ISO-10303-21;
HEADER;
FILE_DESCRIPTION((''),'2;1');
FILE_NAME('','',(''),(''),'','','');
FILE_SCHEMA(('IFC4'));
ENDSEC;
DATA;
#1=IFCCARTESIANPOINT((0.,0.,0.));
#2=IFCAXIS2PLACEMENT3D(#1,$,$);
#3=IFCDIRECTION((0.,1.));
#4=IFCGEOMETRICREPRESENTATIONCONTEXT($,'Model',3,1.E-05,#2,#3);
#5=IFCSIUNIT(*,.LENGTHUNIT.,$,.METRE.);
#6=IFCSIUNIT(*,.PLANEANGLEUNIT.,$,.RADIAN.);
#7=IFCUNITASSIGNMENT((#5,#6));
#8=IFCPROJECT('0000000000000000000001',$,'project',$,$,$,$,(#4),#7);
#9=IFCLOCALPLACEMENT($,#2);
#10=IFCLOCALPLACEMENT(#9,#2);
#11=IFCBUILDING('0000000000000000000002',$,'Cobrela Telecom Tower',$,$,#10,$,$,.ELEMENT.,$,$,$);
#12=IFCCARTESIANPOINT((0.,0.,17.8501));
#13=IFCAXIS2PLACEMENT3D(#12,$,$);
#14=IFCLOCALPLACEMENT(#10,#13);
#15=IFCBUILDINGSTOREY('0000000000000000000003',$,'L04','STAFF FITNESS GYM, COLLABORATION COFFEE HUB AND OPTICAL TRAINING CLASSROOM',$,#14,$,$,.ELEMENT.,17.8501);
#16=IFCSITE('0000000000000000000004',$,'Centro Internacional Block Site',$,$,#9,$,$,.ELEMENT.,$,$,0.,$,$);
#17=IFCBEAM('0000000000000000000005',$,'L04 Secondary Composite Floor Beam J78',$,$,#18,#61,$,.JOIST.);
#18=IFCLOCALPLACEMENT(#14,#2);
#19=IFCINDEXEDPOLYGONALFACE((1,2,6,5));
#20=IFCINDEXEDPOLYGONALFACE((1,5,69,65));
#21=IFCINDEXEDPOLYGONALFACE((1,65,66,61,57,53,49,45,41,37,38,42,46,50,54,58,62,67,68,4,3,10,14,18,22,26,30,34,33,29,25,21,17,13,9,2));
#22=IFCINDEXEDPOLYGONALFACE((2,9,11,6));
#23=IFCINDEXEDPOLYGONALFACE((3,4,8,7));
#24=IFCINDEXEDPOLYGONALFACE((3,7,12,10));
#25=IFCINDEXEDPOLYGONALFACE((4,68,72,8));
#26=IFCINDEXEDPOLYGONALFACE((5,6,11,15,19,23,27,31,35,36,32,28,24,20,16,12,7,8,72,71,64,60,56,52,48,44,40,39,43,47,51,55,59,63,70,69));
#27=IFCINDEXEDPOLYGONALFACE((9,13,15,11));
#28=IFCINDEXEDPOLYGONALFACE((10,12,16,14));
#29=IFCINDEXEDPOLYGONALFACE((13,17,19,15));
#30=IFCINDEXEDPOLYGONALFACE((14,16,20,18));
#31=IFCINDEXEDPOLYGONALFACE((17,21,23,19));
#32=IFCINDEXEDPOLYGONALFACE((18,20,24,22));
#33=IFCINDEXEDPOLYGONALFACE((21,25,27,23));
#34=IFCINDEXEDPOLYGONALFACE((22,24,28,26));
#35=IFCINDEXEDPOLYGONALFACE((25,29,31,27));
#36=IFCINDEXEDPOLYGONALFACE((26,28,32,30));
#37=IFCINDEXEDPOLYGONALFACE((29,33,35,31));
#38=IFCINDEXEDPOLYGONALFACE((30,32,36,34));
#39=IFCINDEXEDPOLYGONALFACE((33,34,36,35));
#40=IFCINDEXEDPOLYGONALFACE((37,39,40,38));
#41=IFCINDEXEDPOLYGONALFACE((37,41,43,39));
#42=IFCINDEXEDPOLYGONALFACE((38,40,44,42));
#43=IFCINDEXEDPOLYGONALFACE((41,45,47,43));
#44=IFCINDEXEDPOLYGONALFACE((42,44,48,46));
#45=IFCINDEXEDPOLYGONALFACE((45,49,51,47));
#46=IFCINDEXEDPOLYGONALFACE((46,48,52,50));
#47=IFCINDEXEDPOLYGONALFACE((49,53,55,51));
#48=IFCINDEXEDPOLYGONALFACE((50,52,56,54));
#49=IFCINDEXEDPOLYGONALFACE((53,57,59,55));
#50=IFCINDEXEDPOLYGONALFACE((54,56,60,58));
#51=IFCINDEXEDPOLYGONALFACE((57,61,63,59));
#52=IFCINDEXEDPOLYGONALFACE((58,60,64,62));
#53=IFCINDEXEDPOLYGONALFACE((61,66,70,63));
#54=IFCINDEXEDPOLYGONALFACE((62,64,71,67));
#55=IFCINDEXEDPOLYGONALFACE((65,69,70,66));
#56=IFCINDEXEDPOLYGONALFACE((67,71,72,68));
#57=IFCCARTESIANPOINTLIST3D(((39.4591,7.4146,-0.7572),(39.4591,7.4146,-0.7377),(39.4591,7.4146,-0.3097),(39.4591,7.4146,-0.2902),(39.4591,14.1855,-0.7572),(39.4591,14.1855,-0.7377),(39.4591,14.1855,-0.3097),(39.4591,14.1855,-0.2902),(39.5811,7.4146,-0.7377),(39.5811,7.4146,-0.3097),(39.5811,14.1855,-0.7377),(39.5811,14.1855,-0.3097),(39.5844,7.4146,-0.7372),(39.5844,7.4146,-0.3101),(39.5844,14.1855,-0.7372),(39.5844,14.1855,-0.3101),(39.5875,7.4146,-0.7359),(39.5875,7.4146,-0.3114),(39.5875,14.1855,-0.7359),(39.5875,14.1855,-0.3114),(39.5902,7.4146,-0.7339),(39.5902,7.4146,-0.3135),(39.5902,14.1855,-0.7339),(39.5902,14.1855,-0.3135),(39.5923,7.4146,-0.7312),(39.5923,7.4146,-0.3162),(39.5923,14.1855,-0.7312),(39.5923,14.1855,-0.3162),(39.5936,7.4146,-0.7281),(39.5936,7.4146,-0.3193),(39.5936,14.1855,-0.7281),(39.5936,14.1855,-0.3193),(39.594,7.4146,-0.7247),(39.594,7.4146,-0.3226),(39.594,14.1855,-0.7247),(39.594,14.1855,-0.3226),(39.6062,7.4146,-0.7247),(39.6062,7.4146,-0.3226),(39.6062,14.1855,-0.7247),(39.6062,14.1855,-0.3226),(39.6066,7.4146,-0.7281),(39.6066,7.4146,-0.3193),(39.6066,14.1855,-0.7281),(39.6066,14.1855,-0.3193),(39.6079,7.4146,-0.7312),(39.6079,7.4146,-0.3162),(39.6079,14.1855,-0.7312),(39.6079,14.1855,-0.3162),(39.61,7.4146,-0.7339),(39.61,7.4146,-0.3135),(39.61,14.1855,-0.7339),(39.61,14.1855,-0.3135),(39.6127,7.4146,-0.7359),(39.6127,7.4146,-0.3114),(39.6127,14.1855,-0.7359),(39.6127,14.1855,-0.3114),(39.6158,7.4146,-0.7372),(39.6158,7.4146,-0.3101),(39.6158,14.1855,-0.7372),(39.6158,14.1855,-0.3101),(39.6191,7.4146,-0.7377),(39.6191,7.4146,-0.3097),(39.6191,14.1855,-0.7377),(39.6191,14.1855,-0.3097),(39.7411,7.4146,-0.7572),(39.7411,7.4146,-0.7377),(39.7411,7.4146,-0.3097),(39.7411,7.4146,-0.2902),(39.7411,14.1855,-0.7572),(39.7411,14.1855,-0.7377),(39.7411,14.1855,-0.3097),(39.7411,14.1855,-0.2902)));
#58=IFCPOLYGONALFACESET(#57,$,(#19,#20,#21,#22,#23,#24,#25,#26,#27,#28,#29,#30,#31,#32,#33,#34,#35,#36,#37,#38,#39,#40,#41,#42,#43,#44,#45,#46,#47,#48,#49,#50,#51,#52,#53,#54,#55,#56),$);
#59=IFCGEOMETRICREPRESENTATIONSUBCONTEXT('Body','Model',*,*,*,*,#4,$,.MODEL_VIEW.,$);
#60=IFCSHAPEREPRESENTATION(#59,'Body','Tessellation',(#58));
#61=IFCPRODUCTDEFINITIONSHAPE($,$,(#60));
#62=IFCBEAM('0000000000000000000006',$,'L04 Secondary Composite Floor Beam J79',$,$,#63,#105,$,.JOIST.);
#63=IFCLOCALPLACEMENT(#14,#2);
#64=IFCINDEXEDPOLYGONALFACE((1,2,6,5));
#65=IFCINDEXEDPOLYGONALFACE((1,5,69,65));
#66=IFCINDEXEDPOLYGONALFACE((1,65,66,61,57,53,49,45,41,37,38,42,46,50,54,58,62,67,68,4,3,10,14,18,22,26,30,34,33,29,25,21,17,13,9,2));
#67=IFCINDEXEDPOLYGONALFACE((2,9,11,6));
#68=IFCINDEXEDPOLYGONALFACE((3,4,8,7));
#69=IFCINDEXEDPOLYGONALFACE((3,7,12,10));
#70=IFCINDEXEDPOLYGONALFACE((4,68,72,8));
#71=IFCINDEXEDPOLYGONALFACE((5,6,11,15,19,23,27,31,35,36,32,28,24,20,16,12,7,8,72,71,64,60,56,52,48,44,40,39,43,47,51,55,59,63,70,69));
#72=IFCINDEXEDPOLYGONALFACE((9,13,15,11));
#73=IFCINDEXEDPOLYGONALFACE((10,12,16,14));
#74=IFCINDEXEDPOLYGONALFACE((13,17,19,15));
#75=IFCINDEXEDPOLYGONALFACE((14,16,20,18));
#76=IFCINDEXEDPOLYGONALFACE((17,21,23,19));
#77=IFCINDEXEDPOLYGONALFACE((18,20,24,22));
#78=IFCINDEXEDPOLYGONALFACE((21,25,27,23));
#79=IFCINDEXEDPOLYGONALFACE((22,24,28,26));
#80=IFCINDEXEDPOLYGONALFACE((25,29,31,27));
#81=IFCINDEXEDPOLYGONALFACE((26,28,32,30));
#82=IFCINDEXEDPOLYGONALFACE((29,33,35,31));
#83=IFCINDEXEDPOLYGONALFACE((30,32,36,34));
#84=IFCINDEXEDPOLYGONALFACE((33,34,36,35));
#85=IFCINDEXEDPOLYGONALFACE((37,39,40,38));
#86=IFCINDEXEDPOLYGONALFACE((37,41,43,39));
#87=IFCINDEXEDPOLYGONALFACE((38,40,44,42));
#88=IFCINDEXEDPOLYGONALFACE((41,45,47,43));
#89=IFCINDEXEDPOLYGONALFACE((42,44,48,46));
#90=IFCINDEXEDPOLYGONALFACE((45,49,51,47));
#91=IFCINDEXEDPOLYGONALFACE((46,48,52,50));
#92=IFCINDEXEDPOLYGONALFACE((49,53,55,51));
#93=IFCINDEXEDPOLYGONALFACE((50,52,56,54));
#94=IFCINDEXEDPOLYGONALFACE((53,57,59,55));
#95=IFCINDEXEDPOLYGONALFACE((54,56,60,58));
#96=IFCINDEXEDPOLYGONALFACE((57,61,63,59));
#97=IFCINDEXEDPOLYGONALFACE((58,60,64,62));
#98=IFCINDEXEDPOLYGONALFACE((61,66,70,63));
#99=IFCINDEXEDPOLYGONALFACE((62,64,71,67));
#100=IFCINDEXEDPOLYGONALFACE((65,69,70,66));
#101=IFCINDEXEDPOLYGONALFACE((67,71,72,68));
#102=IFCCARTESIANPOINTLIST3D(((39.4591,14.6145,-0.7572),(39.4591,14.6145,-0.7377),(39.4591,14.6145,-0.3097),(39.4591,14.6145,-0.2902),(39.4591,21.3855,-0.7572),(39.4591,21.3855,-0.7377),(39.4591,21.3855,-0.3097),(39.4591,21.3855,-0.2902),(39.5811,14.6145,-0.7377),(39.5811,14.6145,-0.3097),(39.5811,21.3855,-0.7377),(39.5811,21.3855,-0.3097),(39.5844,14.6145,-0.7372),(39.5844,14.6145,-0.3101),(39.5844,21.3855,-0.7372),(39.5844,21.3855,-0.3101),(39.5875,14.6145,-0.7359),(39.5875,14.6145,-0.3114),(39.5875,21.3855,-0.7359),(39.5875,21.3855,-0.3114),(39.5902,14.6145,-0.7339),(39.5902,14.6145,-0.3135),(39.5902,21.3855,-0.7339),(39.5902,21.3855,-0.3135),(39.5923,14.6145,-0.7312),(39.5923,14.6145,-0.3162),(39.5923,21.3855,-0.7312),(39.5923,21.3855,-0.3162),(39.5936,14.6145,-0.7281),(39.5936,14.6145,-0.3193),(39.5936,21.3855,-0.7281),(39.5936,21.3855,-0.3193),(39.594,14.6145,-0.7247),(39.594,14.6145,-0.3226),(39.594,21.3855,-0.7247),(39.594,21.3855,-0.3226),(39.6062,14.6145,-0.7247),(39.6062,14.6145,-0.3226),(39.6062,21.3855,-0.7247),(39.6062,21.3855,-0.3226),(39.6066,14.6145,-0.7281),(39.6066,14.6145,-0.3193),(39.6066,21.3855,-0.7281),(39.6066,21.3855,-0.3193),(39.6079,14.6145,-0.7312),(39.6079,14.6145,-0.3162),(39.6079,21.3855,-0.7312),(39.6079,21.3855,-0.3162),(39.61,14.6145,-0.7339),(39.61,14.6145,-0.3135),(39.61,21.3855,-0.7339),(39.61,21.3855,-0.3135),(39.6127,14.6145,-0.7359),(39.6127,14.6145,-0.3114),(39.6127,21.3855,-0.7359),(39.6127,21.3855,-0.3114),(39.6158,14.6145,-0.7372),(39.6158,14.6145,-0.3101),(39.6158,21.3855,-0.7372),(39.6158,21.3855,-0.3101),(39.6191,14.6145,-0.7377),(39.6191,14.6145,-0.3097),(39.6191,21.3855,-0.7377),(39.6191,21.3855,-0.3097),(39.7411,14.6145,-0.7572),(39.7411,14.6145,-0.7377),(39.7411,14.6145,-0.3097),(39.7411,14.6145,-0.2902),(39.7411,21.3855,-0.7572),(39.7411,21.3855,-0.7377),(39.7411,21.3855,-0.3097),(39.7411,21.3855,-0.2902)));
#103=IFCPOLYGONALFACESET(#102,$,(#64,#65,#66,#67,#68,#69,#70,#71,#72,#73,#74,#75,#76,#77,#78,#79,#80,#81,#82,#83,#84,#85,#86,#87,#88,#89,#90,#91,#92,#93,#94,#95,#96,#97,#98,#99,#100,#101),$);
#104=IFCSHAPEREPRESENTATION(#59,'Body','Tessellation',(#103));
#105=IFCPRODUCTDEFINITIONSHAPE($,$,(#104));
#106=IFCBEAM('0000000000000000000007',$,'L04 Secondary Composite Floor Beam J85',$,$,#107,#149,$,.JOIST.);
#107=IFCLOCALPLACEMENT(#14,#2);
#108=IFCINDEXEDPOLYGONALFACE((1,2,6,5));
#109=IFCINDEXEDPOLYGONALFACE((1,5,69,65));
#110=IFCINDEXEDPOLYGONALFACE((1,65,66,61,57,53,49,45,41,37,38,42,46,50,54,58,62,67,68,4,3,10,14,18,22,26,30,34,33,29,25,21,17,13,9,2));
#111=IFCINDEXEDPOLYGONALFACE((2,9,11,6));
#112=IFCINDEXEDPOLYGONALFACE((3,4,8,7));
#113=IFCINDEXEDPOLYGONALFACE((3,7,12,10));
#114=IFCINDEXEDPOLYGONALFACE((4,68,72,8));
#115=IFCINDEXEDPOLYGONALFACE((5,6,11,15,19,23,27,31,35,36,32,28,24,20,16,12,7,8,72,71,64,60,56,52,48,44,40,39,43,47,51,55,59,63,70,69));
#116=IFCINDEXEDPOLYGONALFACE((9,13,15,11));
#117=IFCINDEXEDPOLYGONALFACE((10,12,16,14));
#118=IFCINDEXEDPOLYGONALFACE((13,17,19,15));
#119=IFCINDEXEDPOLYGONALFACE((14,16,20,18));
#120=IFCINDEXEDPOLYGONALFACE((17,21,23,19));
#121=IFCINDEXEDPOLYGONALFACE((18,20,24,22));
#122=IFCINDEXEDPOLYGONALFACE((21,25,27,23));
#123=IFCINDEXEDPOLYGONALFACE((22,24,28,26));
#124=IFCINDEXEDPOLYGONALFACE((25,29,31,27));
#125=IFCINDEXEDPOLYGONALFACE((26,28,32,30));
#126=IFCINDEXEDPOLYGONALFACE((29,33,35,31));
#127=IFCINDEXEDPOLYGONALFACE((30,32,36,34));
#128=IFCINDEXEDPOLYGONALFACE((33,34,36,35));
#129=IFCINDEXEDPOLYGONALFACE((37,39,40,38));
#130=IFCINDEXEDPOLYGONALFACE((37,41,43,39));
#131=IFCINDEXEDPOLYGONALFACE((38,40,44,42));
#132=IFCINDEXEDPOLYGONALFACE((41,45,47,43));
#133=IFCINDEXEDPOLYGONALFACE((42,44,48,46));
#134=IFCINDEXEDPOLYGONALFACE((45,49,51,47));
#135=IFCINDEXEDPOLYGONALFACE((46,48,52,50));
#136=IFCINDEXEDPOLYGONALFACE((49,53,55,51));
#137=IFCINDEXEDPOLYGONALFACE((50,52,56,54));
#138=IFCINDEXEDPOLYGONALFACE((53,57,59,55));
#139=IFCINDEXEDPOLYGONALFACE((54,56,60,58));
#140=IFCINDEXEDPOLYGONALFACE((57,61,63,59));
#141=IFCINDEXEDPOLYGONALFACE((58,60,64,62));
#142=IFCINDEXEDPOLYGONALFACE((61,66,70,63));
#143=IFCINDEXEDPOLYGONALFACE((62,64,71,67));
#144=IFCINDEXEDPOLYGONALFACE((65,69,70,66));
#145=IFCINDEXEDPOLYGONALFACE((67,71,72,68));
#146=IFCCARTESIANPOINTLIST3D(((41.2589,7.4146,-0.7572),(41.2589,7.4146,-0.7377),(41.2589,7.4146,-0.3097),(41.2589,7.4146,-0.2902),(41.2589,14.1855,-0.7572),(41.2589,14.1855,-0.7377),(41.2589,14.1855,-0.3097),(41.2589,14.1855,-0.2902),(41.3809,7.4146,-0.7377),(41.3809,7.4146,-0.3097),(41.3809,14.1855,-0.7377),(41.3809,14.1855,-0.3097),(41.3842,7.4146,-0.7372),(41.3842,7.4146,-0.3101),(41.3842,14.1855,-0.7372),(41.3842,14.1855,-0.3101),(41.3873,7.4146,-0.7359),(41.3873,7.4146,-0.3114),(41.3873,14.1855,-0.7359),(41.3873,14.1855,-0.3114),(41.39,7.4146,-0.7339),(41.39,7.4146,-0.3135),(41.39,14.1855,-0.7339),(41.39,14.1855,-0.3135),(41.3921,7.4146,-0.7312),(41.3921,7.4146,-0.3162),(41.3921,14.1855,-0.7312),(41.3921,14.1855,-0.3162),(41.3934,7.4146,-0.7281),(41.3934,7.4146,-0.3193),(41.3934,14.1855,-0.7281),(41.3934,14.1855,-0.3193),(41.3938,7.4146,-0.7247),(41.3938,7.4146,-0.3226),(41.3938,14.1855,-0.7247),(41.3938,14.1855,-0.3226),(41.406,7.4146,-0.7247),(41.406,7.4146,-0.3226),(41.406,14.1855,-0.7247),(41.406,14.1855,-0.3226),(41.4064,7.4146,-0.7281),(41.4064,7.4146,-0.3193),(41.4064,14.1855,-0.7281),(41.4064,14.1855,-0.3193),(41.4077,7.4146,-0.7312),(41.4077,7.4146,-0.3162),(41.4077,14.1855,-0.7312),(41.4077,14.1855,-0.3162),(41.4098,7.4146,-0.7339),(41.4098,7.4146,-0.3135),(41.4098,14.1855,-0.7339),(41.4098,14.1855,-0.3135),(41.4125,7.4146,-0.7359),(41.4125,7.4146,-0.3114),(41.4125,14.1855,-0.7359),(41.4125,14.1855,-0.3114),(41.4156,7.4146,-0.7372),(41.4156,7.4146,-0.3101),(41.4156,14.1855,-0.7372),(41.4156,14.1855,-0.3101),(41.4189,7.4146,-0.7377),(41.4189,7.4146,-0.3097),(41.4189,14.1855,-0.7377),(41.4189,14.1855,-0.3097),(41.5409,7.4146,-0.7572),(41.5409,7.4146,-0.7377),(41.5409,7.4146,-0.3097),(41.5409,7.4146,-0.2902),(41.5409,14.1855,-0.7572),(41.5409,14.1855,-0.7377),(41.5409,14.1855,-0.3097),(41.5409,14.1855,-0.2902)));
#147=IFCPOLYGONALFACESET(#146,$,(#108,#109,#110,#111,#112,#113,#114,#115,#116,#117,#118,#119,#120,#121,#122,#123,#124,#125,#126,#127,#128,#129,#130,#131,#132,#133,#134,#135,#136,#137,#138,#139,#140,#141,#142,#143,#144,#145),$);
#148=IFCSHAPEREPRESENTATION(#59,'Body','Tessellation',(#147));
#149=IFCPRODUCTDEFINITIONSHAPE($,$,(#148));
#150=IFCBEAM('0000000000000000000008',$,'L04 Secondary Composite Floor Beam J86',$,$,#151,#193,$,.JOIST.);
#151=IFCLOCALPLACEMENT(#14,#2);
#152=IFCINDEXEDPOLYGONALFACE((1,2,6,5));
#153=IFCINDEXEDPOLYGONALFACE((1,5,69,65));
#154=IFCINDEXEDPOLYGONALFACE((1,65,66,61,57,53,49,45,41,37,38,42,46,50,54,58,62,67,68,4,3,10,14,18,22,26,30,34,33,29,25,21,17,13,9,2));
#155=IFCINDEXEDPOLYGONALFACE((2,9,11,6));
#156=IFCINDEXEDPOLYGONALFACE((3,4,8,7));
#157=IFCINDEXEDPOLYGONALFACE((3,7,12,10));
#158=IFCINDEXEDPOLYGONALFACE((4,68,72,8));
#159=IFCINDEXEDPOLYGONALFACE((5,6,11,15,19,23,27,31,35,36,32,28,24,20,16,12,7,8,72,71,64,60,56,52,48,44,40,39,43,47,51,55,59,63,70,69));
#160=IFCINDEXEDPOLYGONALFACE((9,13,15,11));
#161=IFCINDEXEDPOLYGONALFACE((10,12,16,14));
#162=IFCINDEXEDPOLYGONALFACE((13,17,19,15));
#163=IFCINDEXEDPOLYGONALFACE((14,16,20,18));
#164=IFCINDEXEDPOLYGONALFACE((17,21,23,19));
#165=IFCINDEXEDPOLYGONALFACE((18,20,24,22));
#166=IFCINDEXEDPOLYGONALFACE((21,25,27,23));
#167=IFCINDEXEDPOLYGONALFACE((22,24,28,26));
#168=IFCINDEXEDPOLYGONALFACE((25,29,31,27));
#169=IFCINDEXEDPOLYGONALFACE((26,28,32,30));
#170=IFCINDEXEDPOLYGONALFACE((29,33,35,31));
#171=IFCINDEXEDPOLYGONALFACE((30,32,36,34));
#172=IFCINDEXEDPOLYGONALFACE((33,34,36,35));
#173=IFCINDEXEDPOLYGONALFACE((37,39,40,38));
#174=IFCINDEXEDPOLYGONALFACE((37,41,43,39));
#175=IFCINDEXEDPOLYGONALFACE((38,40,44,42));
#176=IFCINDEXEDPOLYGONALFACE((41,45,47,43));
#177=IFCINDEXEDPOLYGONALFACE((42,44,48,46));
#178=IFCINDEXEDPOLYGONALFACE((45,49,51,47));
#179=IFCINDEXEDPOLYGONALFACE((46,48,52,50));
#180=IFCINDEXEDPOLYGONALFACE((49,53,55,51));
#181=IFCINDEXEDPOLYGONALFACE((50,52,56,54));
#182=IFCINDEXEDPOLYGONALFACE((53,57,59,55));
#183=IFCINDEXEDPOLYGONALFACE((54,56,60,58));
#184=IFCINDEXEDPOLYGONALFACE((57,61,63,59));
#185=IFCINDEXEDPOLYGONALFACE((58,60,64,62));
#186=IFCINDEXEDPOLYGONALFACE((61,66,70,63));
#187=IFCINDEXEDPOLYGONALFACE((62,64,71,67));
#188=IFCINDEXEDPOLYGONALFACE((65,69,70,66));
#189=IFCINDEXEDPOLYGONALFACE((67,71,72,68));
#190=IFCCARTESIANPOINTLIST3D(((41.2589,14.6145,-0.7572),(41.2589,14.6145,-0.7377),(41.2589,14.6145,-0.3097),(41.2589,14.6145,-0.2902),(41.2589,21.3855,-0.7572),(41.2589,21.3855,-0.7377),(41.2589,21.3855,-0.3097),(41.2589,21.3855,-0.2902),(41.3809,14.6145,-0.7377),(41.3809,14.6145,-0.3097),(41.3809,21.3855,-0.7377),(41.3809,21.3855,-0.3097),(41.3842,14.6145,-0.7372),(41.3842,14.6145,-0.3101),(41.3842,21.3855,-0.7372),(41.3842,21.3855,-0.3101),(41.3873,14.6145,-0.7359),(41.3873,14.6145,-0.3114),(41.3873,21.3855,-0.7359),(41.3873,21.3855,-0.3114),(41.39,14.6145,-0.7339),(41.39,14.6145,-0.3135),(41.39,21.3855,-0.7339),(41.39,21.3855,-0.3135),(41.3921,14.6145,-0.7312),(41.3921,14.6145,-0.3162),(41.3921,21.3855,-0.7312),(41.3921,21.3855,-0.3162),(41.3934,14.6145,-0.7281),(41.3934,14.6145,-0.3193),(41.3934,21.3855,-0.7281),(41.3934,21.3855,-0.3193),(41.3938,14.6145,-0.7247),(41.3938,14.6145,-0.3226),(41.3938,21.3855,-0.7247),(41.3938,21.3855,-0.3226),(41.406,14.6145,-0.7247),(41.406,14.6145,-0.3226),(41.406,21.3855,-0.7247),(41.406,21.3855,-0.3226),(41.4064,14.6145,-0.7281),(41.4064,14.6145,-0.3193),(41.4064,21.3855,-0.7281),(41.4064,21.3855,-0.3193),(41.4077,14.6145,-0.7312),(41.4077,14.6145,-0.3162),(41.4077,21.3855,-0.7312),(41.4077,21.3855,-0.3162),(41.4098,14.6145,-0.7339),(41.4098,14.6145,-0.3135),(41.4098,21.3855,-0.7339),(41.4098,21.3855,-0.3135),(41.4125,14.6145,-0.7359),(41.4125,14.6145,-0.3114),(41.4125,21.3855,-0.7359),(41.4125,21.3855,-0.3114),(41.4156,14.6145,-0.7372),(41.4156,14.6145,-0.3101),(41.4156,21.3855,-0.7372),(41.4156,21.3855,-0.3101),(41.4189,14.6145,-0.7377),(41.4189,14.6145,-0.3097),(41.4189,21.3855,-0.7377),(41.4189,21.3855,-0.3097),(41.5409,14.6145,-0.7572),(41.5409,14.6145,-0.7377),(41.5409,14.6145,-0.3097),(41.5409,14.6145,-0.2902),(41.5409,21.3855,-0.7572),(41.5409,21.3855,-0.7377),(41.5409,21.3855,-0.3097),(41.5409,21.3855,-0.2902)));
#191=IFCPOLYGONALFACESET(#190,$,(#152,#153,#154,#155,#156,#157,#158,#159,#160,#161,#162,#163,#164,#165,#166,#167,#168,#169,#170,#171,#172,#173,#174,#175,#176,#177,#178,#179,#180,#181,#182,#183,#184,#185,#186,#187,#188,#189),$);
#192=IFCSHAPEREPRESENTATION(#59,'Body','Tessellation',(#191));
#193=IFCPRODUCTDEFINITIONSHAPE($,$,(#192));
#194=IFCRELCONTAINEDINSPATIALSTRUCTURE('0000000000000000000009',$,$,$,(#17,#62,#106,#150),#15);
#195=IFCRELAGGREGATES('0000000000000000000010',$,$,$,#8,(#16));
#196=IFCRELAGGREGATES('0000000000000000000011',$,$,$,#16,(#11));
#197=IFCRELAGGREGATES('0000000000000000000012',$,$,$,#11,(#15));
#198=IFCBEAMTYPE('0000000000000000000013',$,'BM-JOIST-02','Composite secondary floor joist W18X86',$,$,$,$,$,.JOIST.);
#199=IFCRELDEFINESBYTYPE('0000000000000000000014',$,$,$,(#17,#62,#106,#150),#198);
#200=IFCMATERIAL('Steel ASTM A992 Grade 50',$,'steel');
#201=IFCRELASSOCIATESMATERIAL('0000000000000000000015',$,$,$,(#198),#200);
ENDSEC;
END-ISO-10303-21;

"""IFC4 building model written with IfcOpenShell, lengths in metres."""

from ifc_helpers import new_model, si_unit, direction, frame, origin, origin_2d, place, context, subcontext, project, spatial, i_section, extrude, material, material_profile, profile_set, type_object, element, save


model = new_model("IFC4")

# Units and contexts
model_context = context("Model", 3, precision=1e-05, world=origin(), true_north=direction((0.0, 1.0)))
body_context = subcontext(model_context, "Body", "Model", "MODEL_VIEW")
ifc_project = project(units=[si_unit("LENGTHUNIT", "METRE"), si_unit("PLANEANGLEUNIT", "RADIAN")], contexts=[model_context])

# Site, building, storey
site_placement = place(None, origin())
site = spatial("IfcSite", under=ifc_project, at=site_placement, Name="Centro Internacional Block Site", CompositionType="ELEMENT", RefElevation=0.0)
building_placement = place(site_placement, origin())
building = spatial("IfcBuilding", under=site, at=building_placement, Name="Cobrela Telecom Tower", CompositionType="ELEMENT")
storey_placement = place(building_placement, frame((0.0, 0.0, 17.8501)))
storey = spatial("IfcBuildingStorey", under=building, at=storey_placement, Name="L04", Description="STAFF FITNESS GYM, COLLABORATION COFFEE HUB AND OPTICAL TRAINING CLASSROOM", CompositionType="ELEMENT", Elevation=17.8501)

# Beams
ifc_material_1 = material(Name="Steel ASTM A992 Grade 50", Category="steel")
ifc_material_profile_1 = material_profile(ifc_material_1, i_section(OverallWidth=0.282, OverallDepth=0.467, WebThickness=0.0122, FlangeThickness=0.0195, FilletRadius=0.0129, at=origin_2d()), Name="W18X86")
ifc_profile_set_1 = profile_set([ifc_material_profile_1], Name="Steel ASTM A992 Grade 50")
beam_type_1 = type_object("IfcBeamType", Name="BM-JOIST-02", Description="Composite secondary floor joist W18X86", PredefinedType="JOIST", material=ifc_profile_set_1)
for number, where, z_axis, x_axis, name in (
    (1, (39.6001, 7.4146, -0.5237), (0.0, 1.0, 0.0), (-1.0, 0.0, 0.0), "L04 Secondary Composite Floor Beam J78"),
    (2, (39.6001, 14.6145, -0.5237), (0.0, 1.0, 0.0), (-1.0, 0.0, 0.0), "L04 Secondary Composite Floor Beam J79"),
    (3, (41.3999, 7.4146, -0.5237), (0.0, 1.0, 0.0), (-1.0, 0.0, 0.0), "L04 Secondary Composite Floor Beam J85"),
    (4, (41.3999, 14.6145, -0.5237), (0.0, 1.0, 0.0), (-1.0, 0.0, 0.0), "L04 Secondary Composite Floor Beam J86"),
):
    element("IfcBeam", number, at=place(storey_placement, frame(where, z_axis=z_axis, x_axis=x_axis)), inside=storey, type_object=beam_type_1, Name=name, PredefinedType="JOIST", context=body_context, shape_type="SweptSolid", body=[
        extrude(i_section(OverallWidth=0.282, OverallDepth=0.467, WebThickness=0.0122, FlangeThickness=0.0195, FilletRadius=0.0129, at=origin_2d()), origin(), (0.0, 0.0, 1.0), 6.771),
    ])

save(model, "model.ifc")
